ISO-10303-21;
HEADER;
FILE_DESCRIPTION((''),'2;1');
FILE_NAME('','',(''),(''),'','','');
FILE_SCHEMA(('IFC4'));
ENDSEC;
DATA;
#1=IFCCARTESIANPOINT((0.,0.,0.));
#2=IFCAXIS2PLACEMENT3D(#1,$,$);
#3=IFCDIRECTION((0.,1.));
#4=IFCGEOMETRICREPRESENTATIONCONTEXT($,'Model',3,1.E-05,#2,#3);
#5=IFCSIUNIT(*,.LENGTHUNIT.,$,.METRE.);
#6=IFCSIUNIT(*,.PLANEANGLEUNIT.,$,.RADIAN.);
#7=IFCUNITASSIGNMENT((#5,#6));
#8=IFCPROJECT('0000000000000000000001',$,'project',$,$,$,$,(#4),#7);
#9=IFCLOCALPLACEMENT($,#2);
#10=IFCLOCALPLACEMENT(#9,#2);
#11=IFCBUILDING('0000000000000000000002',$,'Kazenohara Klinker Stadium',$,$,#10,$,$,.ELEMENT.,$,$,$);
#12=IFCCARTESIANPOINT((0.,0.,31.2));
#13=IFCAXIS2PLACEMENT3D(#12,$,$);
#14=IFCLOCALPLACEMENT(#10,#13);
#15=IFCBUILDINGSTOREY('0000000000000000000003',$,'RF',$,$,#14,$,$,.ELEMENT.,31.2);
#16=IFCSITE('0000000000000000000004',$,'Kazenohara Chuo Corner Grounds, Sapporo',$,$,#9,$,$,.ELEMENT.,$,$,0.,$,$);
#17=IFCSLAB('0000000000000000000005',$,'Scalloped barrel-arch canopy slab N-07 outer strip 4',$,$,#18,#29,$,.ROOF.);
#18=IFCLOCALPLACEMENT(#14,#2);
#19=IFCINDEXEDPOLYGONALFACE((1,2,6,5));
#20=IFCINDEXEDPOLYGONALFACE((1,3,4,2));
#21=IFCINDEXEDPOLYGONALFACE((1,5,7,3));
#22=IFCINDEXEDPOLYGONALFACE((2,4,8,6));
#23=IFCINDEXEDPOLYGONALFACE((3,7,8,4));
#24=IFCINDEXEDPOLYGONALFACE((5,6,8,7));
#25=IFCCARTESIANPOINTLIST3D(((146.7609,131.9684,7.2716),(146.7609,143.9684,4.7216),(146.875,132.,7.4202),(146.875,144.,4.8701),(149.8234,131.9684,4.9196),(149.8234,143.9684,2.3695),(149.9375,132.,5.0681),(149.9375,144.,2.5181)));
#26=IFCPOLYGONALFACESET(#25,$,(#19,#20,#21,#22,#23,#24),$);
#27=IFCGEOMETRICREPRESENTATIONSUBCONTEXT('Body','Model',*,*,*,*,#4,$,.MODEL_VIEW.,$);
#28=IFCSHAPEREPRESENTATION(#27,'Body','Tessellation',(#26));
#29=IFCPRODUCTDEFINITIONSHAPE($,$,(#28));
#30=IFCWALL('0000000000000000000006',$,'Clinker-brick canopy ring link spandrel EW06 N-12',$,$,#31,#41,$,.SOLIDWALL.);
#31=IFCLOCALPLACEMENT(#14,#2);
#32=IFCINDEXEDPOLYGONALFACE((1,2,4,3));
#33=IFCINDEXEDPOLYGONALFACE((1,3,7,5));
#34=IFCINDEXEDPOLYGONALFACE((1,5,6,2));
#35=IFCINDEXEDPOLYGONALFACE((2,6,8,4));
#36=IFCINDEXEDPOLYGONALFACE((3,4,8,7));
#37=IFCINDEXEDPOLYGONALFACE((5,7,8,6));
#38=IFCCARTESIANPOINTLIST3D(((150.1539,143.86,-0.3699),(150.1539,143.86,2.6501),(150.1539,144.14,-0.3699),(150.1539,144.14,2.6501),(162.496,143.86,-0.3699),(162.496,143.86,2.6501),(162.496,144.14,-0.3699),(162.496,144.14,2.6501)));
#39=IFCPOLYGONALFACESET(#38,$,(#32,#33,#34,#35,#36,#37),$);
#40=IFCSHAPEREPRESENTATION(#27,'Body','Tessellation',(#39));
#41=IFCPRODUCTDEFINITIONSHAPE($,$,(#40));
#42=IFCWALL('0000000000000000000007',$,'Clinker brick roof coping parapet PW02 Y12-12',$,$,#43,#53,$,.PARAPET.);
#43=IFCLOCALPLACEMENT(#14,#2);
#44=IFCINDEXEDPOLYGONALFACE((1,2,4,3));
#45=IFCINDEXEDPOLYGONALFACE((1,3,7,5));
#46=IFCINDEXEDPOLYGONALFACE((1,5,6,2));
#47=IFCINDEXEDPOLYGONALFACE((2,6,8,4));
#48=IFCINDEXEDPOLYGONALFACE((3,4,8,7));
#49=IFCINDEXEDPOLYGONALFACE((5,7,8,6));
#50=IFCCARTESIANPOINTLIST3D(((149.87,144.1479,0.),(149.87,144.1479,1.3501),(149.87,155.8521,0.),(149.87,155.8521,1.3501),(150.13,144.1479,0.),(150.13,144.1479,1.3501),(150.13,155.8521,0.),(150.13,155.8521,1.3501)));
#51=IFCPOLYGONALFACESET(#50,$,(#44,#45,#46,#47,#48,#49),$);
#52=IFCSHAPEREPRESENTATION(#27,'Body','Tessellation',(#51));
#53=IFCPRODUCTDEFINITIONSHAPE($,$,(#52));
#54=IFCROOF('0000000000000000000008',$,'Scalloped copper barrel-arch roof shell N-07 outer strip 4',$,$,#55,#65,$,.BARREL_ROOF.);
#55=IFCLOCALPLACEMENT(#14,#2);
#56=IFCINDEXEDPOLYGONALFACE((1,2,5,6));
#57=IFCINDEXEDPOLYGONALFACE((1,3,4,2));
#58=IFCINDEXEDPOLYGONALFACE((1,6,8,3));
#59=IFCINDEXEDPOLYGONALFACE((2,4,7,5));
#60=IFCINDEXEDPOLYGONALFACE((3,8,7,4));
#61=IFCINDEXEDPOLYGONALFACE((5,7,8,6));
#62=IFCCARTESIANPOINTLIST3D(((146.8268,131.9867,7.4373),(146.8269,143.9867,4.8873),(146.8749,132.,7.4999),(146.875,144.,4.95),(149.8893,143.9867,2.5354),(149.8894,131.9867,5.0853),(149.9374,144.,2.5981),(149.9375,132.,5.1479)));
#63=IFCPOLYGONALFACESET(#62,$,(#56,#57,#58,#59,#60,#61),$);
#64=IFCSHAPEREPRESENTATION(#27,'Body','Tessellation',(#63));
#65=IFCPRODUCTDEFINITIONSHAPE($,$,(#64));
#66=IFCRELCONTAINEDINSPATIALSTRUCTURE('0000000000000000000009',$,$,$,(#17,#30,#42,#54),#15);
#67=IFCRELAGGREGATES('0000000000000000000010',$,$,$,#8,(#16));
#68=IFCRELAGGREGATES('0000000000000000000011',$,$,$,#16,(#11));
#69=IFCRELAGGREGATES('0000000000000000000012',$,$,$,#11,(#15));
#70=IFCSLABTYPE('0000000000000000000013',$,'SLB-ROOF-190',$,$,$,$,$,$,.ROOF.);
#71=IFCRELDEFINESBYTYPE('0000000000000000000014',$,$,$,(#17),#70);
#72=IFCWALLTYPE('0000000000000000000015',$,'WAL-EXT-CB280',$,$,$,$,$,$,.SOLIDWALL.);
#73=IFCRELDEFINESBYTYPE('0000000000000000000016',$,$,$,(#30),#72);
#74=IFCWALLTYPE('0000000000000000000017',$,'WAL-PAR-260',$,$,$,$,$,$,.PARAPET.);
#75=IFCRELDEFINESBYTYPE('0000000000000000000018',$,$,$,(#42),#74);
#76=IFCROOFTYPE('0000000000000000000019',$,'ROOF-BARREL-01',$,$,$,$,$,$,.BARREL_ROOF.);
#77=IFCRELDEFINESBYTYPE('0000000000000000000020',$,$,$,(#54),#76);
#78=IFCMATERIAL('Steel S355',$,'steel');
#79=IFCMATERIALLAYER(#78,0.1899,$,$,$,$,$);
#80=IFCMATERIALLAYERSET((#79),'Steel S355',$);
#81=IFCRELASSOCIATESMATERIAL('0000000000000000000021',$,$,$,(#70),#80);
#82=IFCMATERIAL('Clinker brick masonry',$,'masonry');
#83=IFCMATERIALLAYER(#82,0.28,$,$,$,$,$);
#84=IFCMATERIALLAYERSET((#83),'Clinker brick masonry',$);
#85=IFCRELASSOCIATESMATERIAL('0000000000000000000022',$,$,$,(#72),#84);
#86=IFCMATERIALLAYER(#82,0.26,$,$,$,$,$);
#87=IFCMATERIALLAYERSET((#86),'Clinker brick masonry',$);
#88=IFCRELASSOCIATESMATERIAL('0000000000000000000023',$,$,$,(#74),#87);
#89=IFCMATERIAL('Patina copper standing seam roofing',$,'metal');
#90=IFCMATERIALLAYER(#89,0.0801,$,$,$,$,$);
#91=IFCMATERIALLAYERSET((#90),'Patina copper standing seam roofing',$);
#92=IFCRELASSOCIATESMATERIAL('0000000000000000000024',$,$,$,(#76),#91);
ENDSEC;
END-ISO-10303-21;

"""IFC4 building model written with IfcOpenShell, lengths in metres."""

from ifc_helpers import new_model, si_unit, direction, frame, frame_2d, origin, place, context, subcontext, project, spatial, polyline, rectangle, outline, extrude, material, layer, layer_set, type_object, element, save


model = new_model("IFC4")

# Units and contexts
model_context = context("Model", 3, precision=1e-05, world=origin(), true_north=direction((0.0, 1.0)))
body_context = subcontext(model_context, "Body", "Model", "MODEL_VIEW")
ifc_project = project(units=[si_unit("LENGTHUNIT", "METRE"), si_unit("PLANEANGLEUNIT", "RADIAN")], contexts=[model_context])

# Site, building, storey
site_placement = place(None, origin())
site = spatial("IfcSite", under=ifc_project, at=site_placement, Name="Kazenohara Chuo Corner Grounds, Sapporo", CompositionType="ELEMENT", RefElevation=0.0)
building_placement = place(site_placement, origin())
building = spatial("IfcBuilding", under=site, at=building_placement, Name="Kazenohara Klinker Stadium", CompositionType="ELEMENT")
storey_placement = place(building_placement, frame((0.0, 0.0, 31.2)))
storey = spatial("IfcBuildingStorey", under=building, at=storey_placement, Name="RF", CompositionType="ELEMENT", Elevation=31.2)

# Shared definitions
ifc_material_1 = material(Name="Steel S355", Category="steel")

# Slab
ifc_layer_1 = layer(ifc_material_1, 0.1899)
ifc_layer_set_1 = layer_set([ifc_layer_1], Name="Steel S355")
slab_type = type_object("IfcSlabType", Name="SLB-ROOF-190", PredefinedType="ROOF", material=ifc_layer_set_1)
slab_placement = place(storey_placement, frame((146.875, 144.0, 4.8701), z_axis=(0.600635, 0.166191, 0.78206), x_axis=(0.0, -0.978158, 0.207863)))
element("IfcSlab", 1, at=slab_placement, inside=storey, type_object=slab_type, Name="Scalloped barrel-arch canopy slab N-07 outer strip 4", PredefinedType="ROOF", context=body_context, shape_type="SweptSolid", body=[
    extrude(outline(polyline([(0.0, 0.0), (12.268, 0.0), (11.7791, 3.8304), (-0.4889, 3.8304), (0.0, 0.0)])), origin(), (0.0, 0.0, -1.0), 0.1899),
])

# Walls
ifc_material_2 = material(Name="Clinker brick masonry", Category="masonry")
ifc_layer_2 = layer(ifc_material_2, 0.28)
ifc_layer_set_2 = layer_set([ifc_layer_2], Name="Clinker brick masonry")
wall_type_1 = type_object("IfcWallType", Name="WAL-EXT-CB280", PredefinedType="SOLIDWALL", material=ifc_layer_set_2)
wall_1_placement = place(storey_placement, frame((150.1541, 144.0, -0.3699), z_axis=(0.0, 0.0, 1.0), x_axis=(1.0, 0.0, 0.0)))
element("IfcWall", 2, at=wall_1_placement, inside=storey, type_object=wall_type_1, Name="Clinker-brick canopy ring link spandrel EW06 N-12", PredefinedType="SOLIDWALL", context=body_context, shape_type="SweptSolid", body=[
    extrude(rectangle(XDim=12.342, YDim=0.28, at=frame_2d((6.1709, 0.0))), origin(), (0.0, 0.0, 1.0), 3.02),
])
ifc_layer_3 = layer(ifc_material_2, 0.26)
ifc_layer_set_3 = layer_set([ifc_layer_3], Name="Clinker brick masonry")
wall_type_2 = type_object("IfcWallType", Name="WAL-PAR-260", PredefinedType="PARAPET", material=ifc_layer_set_3)
wall_2_placement = place(storey_placement, frame((150.0, 144.1479, 0.0), z_axis=(0.0, 0.0, 1.0), x_axis=(0.0, 1.0, 0.0)))
element("IfcWall", 3, at=wall_2_placement, inside=storey, type_object=wall_type_2, Name="Clinker brick roof coping parapet PW02 Y12-12", PredefinedType="PARAPET", context=body_context, shape_type="SweptSolid", body=[
    extrude(rectangle(XDim=11.7041, YDim=0.26, at=frame_2d((5.8521, 0.0))), origin(), (0.0, 0.0, 1.0), 1.3501),
])

# Roof
ifc_material_3 = material(Name="Patina copper standing seam roofing", Category="metal")
ifc_layer_4 = layer(ifc_material_3, 0.0801)
ifc_layer_set_4 = layer_set([ifc_layer_4], Name="Patina copper standing seam roofing")
roof_type = type_object("IfcRoofType", Name="ROOF-BARREL-01", PredefinedType="BARREL_ROOF", material=ifc_layer_set_4)
roof_placement = place(storey_placement, frame((146.875, 144.0, 4.95), z_axis=(0.600616, 0.166186, 0.782076), x_axis=(-0.000005, -0.978159, 0.207856)))
element("IfcRoof", 4, at=roof_placement, inside=storey, type_object=roof_type, Name="Scalloped copper barrel-arch roof shell N-07 outer strip 4", PredefinedType="BARREL_ROOF", context=body_context, shape_type="SweptSolid", body=[
    extrude(outline(polyline([(0.0, 0.0), (12.268, 0.0), (11.7791, 3.8304), (-0.4889, 3.8303), (0.0, 0.0)])), origin(), (0.0, 0.0, -1.0), 0.0801),
])

save(model, "model.ifc")
